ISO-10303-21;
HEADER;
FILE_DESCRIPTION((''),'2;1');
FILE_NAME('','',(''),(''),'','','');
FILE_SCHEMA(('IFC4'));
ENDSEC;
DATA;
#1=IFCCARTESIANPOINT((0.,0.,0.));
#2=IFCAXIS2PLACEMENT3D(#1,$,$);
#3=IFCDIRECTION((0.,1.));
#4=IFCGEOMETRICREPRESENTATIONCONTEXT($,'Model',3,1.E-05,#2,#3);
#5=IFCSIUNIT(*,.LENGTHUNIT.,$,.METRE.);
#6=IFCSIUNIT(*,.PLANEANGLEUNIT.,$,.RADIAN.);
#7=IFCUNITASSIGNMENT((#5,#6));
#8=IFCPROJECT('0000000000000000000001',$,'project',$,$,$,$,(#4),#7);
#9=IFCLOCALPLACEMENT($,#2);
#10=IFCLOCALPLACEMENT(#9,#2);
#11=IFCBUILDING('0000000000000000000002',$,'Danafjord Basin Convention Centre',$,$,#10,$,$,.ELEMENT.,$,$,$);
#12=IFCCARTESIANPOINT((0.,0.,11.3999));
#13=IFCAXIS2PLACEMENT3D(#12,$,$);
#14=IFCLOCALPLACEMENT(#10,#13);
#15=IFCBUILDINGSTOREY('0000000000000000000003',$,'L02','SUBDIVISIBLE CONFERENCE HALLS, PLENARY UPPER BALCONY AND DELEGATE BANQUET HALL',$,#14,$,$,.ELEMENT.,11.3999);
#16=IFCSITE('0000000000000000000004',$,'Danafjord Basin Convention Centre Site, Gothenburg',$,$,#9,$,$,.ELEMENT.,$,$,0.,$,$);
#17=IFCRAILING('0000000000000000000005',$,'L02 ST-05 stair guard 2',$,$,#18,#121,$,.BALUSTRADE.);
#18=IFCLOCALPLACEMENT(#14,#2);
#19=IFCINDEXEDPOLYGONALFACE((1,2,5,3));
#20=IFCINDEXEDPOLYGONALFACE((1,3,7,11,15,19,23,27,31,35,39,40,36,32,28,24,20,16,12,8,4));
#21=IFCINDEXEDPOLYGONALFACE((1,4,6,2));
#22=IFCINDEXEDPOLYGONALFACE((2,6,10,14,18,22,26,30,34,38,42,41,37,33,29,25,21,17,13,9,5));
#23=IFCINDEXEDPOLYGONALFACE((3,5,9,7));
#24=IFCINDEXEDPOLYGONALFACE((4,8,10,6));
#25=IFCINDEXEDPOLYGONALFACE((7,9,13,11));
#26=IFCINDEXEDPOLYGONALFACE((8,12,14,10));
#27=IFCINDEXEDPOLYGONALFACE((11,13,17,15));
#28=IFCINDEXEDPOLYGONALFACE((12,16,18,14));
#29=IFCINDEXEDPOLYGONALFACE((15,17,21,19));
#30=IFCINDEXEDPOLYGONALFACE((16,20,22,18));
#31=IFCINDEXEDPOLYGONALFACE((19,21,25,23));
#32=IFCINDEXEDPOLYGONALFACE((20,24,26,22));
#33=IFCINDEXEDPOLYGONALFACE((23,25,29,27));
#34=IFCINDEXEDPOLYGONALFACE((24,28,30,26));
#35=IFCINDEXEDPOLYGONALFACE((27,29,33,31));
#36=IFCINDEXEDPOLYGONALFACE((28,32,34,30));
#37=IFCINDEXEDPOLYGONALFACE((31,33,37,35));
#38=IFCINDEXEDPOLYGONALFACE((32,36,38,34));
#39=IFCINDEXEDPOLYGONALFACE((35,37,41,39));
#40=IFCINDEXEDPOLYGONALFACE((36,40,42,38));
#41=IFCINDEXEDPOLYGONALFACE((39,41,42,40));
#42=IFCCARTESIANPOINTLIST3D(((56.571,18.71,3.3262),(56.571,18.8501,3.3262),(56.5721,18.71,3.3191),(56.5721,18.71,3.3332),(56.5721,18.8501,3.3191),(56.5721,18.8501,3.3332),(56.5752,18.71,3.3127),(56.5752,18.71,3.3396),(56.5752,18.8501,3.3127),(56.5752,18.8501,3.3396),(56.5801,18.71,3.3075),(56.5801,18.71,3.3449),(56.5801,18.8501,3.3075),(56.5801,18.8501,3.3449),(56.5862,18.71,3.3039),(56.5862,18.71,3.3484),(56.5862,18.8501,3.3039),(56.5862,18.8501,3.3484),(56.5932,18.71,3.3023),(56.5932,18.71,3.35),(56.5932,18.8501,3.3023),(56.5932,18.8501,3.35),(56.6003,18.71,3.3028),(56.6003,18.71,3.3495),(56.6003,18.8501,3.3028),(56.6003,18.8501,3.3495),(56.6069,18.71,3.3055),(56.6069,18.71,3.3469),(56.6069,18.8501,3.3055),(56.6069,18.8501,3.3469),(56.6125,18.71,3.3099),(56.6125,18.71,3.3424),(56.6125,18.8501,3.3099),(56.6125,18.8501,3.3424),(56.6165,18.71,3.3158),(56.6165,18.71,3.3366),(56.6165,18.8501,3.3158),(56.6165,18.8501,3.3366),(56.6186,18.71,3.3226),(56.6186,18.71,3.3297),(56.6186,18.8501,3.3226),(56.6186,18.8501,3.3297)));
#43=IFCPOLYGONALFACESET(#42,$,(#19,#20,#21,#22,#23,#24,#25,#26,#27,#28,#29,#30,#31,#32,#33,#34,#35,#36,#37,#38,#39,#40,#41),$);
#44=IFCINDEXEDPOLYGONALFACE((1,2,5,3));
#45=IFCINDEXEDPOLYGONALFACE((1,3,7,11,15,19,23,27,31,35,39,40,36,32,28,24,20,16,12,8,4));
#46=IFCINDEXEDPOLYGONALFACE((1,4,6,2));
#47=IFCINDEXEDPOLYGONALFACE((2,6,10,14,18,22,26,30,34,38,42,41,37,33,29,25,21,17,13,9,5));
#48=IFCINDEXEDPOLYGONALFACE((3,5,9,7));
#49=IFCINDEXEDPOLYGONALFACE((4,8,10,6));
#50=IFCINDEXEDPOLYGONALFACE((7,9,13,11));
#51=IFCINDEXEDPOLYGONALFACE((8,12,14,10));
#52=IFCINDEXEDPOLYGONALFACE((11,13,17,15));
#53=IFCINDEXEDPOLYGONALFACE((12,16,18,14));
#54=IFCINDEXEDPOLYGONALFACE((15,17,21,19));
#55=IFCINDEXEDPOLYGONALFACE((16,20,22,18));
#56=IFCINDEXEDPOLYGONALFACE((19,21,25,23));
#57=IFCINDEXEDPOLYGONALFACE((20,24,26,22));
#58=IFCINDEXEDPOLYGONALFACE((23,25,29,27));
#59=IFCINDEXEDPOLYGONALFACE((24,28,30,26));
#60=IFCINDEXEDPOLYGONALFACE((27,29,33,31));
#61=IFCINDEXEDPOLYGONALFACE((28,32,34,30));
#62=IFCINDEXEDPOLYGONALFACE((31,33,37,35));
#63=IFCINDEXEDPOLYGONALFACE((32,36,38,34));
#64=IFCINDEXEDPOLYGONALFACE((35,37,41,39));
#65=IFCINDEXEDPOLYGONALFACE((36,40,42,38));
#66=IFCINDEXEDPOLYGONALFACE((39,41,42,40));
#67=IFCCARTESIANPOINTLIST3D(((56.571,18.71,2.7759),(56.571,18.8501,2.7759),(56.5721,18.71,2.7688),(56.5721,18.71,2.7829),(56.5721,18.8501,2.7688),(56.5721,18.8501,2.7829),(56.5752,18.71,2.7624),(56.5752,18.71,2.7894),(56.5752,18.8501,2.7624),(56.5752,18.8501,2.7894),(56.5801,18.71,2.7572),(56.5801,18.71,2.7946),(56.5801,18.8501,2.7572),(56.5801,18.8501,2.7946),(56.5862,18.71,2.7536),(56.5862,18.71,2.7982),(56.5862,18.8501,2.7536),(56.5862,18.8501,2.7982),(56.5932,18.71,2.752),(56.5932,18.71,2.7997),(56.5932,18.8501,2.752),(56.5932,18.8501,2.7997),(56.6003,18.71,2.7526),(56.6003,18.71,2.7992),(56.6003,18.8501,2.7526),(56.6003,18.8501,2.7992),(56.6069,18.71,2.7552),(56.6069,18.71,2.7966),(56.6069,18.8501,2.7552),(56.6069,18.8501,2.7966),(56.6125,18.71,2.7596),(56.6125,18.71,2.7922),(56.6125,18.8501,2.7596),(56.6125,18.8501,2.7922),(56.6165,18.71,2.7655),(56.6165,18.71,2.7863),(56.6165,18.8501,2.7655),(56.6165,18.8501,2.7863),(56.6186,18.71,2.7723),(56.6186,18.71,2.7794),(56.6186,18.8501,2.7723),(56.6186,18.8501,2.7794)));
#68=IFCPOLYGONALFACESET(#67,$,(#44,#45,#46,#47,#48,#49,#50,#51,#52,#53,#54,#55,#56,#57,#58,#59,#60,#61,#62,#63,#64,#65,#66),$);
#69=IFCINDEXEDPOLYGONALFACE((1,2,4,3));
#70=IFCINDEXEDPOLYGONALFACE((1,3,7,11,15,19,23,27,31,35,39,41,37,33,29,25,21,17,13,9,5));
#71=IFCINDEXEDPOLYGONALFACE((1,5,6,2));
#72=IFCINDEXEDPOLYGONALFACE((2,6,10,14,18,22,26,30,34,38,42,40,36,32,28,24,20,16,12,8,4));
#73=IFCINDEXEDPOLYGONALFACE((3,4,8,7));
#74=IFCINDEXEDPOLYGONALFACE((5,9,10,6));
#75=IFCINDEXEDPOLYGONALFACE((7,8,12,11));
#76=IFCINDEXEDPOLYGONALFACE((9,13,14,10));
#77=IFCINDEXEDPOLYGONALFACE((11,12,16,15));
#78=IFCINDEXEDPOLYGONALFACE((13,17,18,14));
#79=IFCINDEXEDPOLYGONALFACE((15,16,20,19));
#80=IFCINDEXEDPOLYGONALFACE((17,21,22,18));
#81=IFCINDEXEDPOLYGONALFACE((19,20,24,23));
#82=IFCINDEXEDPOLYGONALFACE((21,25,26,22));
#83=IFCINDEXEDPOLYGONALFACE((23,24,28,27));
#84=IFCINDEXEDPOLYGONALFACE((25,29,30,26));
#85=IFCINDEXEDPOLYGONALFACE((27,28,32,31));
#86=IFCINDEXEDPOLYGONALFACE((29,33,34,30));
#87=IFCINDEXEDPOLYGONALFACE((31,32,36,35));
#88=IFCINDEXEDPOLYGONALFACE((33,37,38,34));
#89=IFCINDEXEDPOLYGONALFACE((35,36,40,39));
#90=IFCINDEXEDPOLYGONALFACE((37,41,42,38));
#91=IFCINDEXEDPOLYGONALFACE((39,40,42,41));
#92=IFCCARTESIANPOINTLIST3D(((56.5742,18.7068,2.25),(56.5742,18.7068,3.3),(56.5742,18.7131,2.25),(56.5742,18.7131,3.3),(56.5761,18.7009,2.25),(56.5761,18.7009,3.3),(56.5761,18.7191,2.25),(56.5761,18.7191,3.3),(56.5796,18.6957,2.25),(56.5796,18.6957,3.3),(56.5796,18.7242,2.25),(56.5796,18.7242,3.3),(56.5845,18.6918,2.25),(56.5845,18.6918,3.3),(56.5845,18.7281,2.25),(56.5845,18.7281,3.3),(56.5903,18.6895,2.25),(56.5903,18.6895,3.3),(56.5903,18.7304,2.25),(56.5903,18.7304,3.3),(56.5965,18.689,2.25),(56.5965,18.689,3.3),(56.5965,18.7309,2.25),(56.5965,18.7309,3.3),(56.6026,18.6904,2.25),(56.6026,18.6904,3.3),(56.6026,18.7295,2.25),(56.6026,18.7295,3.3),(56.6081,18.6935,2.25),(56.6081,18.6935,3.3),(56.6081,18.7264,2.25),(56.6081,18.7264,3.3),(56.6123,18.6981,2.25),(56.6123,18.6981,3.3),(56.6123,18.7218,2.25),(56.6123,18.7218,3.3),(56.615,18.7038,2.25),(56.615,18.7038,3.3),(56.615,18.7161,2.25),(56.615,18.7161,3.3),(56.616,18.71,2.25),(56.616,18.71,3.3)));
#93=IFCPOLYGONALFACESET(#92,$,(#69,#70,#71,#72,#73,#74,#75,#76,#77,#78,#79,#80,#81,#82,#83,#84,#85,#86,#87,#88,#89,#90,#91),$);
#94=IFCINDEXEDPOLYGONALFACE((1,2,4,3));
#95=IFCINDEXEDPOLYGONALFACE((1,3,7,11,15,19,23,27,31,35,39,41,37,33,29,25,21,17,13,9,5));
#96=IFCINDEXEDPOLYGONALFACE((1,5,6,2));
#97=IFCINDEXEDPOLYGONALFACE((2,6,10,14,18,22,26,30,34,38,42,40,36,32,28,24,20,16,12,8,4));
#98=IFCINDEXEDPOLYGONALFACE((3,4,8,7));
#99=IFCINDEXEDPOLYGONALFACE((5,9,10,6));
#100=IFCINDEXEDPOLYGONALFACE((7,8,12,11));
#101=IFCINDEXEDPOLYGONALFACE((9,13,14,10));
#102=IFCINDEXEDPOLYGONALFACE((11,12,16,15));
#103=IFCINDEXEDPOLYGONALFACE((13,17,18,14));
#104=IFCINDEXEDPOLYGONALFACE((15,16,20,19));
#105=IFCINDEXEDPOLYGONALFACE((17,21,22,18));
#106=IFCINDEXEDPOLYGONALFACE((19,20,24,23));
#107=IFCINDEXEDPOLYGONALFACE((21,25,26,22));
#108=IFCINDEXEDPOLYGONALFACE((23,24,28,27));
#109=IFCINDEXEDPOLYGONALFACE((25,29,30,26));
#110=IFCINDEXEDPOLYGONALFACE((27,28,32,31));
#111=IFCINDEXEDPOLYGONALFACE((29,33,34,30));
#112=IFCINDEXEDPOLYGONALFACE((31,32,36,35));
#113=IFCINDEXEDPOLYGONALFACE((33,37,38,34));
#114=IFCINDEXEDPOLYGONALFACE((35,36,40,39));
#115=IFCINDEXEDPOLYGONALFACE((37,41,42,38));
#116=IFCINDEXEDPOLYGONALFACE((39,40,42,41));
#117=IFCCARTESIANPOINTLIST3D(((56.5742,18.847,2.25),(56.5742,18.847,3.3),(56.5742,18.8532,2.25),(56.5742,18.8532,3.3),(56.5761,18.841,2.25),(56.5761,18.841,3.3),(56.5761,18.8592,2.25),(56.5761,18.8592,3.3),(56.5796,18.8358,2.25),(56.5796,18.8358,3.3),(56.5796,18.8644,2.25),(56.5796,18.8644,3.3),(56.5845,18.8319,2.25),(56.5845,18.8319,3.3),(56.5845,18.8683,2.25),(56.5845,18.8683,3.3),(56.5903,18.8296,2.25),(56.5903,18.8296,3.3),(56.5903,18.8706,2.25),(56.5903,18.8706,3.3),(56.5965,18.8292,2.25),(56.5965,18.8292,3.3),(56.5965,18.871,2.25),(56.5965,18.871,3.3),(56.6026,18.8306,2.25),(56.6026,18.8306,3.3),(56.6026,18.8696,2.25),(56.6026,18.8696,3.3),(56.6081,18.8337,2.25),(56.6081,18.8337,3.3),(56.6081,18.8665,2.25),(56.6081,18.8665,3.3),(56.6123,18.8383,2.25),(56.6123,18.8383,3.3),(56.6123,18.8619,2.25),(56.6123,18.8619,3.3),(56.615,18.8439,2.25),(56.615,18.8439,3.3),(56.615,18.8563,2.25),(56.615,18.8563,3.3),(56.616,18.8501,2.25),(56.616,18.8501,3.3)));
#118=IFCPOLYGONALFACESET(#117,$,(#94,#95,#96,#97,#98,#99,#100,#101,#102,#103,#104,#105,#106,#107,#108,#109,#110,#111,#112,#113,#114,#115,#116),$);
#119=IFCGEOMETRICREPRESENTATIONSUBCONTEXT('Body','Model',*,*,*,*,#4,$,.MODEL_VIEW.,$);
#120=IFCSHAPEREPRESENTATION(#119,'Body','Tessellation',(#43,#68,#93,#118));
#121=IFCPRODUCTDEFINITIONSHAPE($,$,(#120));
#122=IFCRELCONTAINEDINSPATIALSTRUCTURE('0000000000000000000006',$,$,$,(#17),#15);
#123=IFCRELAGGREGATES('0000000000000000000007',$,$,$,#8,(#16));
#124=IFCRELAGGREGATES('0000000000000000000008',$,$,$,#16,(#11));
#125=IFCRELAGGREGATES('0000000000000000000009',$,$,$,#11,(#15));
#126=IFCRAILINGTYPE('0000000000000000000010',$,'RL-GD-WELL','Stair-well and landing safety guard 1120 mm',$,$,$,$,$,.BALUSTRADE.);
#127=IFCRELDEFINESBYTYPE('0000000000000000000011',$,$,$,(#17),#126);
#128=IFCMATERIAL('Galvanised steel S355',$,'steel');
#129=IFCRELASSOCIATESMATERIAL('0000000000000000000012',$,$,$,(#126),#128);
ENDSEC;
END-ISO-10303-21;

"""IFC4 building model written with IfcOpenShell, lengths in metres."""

from ifc_helpers import new_model, si_unit, direction, frame, origin, origin_2d, place, context, subcontext, project, spatial, circle, extrude, material, type_object, element, save


model = new_model("IFC4")

# Units and contexts
model_context = context("Model", 3, precision=1e-05, world=origin(), true_north=direction((0.0, 1.0)))
body_context = subcontext(model_context, "Body", "Model", "MODEL_VIEW")
ifc_project = project(units=[si_unit("LENGTHUNIT", "METRE"), si_unit("PLANEANGLEUNIT", "RADIAN")], contexts=[model_context])

# Site, building, storey
site_placement = place(None, origin())
site = spatial("IfcSite", under=ifc_project, at=site_placement, Name="Danafjord Basin Convention Centre Site, Gothenburg", CompositionType="ELEMENT", RefElevation=0.0)
building_placement = place(site_placement, origin())
building = spatial("IfcBuilding", under=site, at=building_placement, Name="Danafjord Basin Convention Centre", CompositionType="ELEMENT")
storey_placement = place(building_placement, frame((0.0, 0.0, 11.3999)))
storey = spatial("IfcBuildingStorey", under=building, at=storey_placement, Name="L02", Description="SUBDIVISIBLE CONFERENCE HALLS, PLENARY UPPER BALCONY AND DELEGATE BANQUET HALL", CompositionType="ELEMENT", Elevation=11.3999)

# Railing
ifc_material_1 = material(Name="Galvanised steel S355", Category="steel")
railing_type_1 = type_object("IfcRailingType", Name="RL-GD-WELL", Description="Stair-well and landing safety guard 1120 mm", PredefinedType="BALUSTRADE", material=ifc_material_1)
railing_1_placement = place(storey_placement, frame((56.595, 18.71, 2.25)))
element("IfcRailing", 1, at=railing_1_placement, inside=storey, type_object=railing_type_1, Name="L02 ST-05 stair guard 2", PredefinedType="BALUSTRADE", context=body_context, shape_type="SweptSolid", body=[
    extrude(circle(Radius=0.0239, at=origin_2d()), frame((0.0, 0.0, 1.0762), z_axis=(0.0, 1.0, 0.0), x_axis=(-1.0, 0.0, 0.0)), (0.0, 0.0, 1.0), 0.1401),
    extrude(circle(Radius=0.0239, at=origin_2d()), frame((0.0, 0.0, 0.5259), z_axis=(0.0, 1.0, 0.0), x_axis=(-1.0, 0.0, 0.0)), (0.0, 0.0, 1.0), 0.1401),
    extrude(circle(Radius=0.021, at=origin_2d()), origin(), (0.0, 0.0, 1.0), 1.05),
    extrude(circle(Radius=0.021, at=origin_2d()), frame((0.0, 0.1401, 0.0)), (0.0, 0.0, 1.0), 1.05),
])

save(model, "model.ifc")
